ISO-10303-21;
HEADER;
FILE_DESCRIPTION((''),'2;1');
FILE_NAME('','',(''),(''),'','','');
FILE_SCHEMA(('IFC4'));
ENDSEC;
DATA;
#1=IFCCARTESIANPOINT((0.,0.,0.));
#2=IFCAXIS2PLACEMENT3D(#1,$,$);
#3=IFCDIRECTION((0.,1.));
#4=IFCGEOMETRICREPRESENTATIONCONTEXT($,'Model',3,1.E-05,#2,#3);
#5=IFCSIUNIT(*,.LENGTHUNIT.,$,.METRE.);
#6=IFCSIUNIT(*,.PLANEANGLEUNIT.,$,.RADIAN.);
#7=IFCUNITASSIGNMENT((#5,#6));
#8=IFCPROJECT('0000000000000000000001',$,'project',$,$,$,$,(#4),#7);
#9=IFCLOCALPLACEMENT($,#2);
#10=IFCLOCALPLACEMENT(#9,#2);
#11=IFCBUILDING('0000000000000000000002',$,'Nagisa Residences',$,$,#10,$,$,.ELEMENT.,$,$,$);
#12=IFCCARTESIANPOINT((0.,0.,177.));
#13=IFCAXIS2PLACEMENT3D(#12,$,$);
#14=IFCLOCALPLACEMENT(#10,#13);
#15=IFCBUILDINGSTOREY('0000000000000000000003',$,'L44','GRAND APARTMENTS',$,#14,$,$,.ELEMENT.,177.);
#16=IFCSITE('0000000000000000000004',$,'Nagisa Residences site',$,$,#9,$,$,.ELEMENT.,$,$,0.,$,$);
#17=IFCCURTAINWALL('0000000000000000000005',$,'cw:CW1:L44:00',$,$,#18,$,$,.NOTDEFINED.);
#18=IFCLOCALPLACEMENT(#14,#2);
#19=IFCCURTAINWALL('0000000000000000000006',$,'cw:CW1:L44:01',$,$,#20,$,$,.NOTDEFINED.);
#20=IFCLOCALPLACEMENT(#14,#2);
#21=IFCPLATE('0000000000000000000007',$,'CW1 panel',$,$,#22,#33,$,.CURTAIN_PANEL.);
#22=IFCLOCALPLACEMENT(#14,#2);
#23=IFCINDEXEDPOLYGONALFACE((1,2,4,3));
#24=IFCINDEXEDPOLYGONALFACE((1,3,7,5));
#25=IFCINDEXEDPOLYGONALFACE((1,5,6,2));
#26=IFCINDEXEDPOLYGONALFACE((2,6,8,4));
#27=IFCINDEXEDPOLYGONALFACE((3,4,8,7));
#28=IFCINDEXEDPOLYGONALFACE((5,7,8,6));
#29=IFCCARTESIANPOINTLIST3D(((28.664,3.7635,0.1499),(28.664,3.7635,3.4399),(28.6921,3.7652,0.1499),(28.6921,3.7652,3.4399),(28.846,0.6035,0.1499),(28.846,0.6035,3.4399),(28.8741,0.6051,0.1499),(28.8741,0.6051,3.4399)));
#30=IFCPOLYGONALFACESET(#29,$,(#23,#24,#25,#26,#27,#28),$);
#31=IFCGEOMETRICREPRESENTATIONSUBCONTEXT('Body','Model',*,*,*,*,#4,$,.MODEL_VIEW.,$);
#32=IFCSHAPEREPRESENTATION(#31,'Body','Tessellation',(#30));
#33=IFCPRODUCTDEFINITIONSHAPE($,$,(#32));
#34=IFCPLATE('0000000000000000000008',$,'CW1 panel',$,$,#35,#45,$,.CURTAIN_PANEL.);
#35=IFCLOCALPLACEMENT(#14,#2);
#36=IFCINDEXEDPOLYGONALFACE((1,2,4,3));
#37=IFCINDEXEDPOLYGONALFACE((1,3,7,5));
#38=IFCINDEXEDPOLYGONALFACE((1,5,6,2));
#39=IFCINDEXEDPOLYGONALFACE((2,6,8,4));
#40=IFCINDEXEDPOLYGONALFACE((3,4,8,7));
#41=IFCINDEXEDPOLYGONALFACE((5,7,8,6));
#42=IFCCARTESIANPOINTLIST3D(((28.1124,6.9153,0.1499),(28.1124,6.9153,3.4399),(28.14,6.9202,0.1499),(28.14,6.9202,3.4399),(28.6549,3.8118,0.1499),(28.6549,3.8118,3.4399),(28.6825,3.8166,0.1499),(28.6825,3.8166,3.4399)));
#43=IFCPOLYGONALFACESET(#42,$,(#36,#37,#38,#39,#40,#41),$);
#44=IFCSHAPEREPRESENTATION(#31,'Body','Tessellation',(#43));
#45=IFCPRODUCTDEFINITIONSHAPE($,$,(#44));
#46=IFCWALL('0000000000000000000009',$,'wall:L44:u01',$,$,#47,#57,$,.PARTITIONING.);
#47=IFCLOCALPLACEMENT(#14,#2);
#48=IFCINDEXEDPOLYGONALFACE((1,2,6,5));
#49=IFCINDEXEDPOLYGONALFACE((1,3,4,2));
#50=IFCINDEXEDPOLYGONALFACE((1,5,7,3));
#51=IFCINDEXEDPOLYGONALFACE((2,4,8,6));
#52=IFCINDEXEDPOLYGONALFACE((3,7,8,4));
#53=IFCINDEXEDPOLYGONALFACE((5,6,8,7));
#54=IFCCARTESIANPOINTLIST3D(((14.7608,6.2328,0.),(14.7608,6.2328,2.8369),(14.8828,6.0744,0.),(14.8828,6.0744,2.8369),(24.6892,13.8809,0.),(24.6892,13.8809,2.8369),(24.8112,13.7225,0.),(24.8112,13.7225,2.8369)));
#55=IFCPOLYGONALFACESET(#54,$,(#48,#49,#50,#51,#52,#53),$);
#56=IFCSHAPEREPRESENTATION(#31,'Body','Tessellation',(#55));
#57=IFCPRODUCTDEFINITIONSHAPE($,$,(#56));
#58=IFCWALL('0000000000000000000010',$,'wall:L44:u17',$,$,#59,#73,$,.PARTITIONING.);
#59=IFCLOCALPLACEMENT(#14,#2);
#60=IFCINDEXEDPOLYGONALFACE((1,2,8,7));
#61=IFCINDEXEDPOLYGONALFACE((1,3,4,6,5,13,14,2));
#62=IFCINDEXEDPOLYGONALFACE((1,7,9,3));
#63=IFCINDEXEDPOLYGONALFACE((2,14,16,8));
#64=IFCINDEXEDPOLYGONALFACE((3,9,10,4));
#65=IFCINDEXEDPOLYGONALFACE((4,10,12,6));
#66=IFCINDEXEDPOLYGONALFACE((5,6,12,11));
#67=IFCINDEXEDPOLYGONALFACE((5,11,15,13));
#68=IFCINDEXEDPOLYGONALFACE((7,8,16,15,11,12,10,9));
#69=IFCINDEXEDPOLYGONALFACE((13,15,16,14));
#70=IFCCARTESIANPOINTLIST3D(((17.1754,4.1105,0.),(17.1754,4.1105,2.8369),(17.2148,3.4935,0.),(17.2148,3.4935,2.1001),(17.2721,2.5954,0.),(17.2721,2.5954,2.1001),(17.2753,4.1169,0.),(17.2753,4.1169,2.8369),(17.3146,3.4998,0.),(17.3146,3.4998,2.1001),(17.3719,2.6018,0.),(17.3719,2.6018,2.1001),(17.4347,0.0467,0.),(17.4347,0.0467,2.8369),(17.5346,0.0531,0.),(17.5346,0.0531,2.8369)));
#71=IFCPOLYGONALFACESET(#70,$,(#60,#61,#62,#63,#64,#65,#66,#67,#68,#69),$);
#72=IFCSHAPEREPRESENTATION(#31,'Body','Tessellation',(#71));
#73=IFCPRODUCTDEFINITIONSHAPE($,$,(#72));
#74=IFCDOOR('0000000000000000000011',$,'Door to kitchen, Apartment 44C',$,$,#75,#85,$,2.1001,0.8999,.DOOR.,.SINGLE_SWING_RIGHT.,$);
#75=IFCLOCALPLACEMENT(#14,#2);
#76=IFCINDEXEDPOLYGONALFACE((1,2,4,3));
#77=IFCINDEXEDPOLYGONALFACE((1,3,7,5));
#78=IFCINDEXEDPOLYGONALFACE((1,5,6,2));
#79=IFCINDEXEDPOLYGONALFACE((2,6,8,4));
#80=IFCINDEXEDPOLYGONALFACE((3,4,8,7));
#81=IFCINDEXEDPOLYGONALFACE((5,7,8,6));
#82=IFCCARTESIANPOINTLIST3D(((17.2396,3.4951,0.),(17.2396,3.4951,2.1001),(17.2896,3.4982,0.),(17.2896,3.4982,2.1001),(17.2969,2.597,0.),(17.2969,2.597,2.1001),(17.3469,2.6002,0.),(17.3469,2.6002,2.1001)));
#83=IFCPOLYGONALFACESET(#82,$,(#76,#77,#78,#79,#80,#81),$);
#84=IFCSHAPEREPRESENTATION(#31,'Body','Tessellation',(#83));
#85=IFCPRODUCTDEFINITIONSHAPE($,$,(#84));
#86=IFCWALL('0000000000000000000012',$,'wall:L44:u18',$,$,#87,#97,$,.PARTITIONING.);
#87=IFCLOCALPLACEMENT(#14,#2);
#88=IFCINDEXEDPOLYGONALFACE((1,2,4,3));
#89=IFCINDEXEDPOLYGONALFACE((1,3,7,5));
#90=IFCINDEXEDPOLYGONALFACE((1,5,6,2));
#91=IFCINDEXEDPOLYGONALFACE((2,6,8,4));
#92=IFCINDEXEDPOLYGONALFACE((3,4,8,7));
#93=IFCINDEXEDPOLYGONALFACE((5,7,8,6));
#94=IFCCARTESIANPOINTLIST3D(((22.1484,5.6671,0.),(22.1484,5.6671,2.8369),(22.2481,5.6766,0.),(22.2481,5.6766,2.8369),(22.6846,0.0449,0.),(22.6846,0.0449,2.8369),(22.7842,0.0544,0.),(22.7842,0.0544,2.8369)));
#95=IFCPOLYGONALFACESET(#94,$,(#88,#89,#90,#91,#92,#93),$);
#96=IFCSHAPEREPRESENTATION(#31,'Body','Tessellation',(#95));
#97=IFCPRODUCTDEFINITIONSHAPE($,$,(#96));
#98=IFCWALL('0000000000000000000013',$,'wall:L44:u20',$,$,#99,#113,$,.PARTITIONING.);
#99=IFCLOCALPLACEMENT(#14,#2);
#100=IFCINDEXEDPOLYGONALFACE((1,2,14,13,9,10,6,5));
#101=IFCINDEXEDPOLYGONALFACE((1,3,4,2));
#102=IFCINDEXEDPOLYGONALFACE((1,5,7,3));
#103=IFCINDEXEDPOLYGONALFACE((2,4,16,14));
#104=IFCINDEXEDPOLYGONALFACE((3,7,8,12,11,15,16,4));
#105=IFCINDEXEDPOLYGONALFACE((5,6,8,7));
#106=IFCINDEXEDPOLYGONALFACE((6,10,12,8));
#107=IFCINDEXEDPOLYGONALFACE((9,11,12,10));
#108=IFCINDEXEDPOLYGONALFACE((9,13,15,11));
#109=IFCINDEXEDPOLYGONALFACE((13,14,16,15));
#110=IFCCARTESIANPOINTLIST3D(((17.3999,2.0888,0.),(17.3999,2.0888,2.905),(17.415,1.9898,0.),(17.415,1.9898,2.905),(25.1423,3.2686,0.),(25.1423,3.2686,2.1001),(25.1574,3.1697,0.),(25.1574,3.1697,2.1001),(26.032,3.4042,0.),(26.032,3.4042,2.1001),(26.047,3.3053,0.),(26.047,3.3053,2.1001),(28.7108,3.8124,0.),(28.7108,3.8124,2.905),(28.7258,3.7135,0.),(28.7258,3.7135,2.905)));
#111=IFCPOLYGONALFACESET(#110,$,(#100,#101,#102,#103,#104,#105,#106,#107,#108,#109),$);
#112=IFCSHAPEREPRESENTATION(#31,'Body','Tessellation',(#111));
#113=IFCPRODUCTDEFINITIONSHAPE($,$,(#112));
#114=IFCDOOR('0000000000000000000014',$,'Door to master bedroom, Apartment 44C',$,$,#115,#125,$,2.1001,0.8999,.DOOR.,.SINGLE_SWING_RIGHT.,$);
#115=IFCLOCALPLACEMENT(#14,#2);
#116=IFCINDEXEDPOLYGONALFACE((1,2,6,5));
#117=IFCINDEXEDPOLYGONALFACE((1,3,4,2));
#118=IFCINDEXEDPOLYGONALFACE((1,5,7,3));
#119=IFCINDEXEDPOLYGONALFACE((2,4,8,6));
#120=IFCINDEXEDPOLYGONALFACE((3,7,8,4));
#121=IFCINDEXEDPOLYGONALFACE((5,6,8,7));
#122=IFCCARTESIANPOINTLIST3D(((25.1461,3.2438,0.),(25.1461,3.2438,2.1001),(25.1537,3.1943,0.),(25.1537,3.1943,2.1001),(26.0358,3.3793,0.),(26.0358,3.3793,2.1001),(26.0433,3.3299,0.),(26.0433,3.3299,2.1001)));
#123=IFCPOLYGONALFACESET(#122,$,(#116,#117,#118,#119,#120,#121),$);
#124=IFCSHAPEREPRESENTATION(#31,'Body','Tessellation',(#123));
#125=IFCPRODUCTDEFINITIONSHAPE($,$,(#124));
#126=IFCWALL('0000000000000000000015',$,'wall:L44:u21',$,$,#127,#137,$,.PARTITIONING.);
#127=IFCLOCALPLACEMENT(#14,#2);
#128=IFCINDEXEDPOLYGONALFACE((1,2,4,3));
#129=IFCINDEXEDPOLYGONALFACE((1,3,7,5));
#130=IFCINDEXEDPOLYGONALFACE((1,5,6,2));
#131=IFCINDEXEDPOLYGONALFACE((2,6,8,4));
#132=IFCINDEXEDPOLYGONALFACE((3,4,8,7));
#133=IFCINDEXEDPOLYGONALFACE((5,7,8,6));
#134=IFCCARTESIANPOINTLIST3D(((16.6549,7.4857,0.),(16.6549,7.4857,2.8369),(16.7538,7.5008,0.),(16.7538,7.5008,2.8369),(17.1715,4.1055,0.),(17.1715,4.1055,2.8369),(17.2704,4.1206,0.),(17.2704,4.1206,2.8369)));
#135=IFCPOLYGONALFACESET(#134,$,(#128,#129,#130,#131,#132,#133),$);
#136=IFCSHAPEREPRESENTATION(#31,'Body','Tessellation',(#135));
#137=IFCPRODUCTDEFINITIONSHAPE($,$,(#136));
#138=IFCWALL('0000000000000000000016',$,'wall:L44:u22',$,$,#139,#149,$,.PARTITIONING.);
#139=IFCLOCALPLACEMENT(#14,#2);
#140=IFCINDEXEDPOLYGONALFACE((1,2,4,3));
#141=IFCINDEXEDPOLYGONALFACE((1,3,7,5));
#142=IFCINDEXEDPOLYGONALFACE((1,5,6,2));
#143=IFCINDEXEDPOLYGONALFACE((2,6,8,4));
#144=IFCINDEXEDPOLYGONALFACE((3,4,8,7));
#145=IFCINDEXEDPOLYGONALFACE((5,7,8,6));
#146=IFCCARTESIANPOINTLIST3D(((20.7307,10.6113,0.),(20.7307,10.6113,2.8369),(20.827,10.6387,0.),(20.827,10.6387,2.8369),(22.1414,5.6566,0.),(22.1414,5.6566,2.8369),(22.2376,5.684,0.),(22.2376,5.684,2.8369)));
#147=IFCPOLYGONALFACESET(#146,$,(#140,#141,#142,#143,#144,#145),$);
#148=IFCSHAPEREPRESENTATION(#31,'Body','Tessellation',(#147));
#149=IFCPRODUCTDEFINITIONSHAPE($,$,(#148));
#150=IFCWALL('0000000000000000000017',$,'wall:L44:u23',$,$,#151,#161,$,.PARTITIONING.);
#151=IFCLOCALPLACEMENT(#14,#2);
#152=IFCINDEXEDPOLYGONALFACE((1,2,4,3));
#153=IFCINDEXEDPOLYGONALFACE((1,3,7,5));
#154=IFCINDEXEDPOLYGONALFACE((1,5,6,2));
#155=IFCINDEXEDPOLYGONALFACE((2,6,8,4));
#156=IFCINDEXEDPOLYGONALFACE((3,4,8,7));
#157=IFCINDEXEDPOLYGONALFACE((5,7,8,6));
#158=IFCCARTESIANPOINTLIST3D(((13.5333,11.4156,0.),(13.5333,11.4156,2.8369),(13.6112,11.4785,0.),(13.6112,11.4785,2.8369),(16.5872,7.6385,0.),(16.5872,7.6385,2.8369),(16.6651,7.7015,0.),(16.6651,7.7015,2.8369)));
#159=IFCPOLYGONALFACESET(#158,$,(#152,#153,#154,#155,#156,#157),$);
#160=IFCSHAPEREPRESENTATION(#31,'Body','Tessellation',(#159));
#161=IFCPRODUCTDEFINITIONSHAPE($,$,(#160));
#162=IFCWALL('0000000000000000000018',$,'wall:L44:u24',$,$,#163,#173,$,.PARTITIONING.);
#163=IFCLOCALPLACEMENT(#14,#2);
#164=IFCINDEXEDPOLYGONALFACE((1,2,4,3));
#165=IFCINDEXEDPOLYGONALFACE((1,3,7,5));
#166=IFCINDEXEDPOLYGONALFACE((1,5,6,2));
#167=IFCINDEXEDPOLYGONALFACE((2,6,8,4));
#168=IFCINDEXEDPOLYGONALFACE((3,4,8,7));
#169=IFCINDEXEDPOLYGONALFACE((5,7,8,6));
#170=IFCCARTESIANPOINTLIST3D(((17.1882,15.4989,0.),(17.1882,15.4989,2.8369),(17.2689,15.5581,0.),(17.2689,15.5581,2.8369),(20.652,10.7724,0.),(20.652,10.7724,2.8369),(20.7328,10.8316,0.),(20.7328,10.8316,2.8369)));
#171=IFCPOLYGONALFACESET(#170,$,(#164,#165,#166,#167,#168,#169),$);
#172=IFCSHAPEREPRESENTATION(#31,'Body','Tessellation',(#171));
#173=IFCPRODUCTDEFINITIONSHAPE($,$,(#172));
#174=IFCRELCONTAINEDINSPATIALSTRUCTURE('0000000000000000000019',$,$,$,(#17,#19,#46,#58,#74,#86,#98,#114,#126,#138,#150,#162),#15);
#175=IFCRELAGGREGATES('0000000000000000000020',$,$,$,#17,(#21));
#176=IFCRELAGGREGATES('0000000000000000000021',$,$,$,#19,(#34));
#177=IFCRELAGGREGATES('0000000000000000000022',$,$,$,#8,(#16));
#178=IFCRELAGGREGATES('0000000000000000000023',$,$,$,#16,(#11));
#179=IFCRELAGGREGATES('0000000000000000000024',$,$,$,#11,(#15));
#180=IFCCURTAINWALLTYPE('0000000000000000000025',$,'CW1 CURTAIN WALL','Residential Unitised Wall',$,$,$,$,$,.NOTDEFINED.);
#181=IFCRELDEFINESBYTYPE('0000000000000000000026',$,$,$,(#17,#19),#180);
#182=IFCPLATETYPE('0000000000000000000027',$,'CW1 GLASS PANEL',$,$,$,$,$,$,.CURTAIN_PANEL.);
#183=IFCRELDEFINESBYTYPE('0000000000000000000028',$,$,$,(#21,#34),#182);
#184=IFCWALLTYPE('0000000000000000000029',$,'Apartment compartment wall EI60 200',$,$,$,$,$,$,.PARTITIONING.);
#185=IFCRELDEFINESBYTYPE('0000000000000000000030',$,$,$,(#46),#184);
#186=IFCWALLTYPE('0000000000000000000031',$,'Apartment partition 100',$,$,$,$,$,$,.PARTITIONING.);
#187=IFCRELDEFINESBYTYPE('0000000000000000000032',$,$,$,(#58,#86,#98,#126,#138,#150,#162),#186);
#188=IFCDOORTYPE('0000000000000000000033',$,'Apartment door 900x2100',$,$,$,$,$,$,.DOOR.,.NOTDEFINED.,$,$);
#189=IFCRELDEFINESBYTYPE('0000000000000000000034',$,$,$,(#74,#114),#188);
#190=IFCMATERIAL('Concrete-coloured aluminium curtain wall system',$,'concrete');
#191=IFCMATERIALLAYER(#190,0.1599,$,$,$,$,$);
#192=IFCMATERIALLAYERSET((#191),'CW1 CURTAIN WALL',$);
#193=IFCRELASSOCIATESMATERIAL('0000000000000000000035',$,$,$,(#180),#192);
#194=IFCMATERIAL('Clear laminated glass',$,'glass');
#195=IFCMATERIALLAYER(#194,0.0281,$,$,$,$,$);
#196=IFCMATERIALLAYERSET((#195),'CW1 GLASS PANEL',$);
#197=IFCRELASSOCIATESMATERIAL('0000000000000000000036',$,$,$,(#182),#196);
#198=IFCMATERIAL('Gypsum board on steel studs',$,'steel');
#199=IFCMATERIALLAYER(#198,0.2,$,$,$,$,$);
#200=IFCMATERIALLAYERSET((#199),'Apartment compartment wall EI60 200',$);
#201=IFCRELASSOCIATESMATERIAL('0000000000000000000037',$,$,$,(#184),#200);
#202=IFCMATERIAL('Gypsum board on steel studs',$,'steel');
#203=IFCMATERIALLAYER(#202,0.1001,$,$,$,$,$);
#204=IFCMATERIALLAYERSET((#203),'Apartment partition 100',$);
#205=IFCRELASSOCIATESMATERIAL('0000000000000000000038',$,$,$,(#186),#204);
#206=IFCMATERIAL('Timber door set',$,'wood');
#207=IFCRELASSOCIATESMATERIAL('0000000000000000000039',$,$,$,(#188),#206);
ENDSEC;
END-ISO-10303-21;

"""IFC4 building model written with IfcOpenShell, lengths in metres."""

from ifc_helpers import new_model, si_unit, direction, frame, frame_2d, origin, origin_2d, place, context, subcontext, project, spatial, rectangle, extrude, material, layer, layer_set, type_object, element, fill, aggregate, save


model = new_model("IFC4")

# Units and contexts
model_context = context("Model", 3, precision=1e-05, world=origin(), true_north=direction((0.0, 1.0)))
body_context = subcontext(model_context, "Body", "Model", "MODEL_VIEW")
ifc_project = project(units=[si_unit("LENGTHUNIT", "METRE"), si_unit("PLANEANGLEUNIT", "RADIAN")], contexts=[model_context])

# Site, building, storey
site_placement = place(None, origin())
site = spatial("IfcSite", under=ifc_project, at=site_placement, Name="Nagisa Residences site", CompositionType="ELEMENT", RefElevation=0.0)
building_placement = place(site_placement, origin())
building = spatial("IfcBuilding", under=site, at=building_placement, Name="Nagisa Residences", CompositionType="ELEMENT")
storey_placement = place(building_placement, frame((0.0, 0.0, 177.0)))
storey = spatial("IfcBuildingStorey", under=building, at=storey_placement, Name="L44", Description="GRAND APARTMENTS", CompositionType="ELEMENT", Elevation=177.0)

# Curtain walls
ifc_material_1 = material(Name="Concrete-coloured aluminium curtain wall system", Category="concrete")
ifc_layer_1 = layer(ifc_material_1, 0.1599)
ifc_layer_set_1 = layer_set([ifc_layer_1], Name="CW1 CURTAIN WALL")
curtain_wall_type = type_object("IfcCurtainWallType", Name="CW1 CURTAIN WALL", Description="Residential Unitised Wall", PredefinedType="NOTDEFINED", material=ifc_layer_set_1)
curtain_wall_1_placement = place(storey_placement, origin())
curtain_wall_1 = element("IfcCurtainWall", 1, at=curtain_wall_1_placement, inside=storey, type_object=curtain_wall_type, Name="cw:CW1:L44:00", PredefinedType="NOTDEFINED")
curtain_wall_2_placement = place(storey_placement, origin())
curtain_wall_2 = element("IfcCurtainWall", 2, at=curtain_wall_2_placement, inside=storey, type_object=curtain_wall_type, Name="cw:CW1:L44:01", PredefinedType="NOTDEFINED")

# Plates
ifc_material_2 = material(Name="Clear laminated glass", Category="glass")
ifc_layer_2 = layer(ifc_material_2, 0.0281)
ifc_layer_set_2 = layer_set([ifc_layer_2], Name="CW1 GLASS PANEL")
plate_type = type_object("IfcPlateType", Name="CW1 GLASS PANEL", PredefinedType="CURTAIN_PANEL", material=ifc_layer_set_2)
plate_1_placement = place(storey_placement, frame((28.769, 2.1843, 0.1499), z_axis=(0.0, 0.0, 1.0), x_axis=(-0.057503, 0.998345, 0.0)))
plate_1 = element("IfcPlate", 3, at=plate_1_placement, type_object=plate_type, Name="CW1 panel", PredefinedType="CURTAIN_PANEL", context=body_context, shape_type="SweptSolid", body=[
    extrude(rectangle(XDim=3.1653, YDim=0.0281, at=origin_2d()), origin(), (0.0, 0.0, 1.0), 3.29),
])
aggregate(curtain_wall_1, [plate_1])
plate_2_placement = place(storey_placement, frame((28.3975, 5.366, 0.1499), z_axis=(0.0, 0.0, 1.0), x_axis=(-0.172191, 0.985064, 0.0)))
plate_2 = element("IfcPlate", 4, at=plate_2_placement, type_object=plate_type, Name="CW1 panel", PredefinedType="CURTAIN_PANEL", context=body_context, shape_type="SweptSolid", body=[
    extrude(rectangle(XDim=3.1506, YDim=0.0281, at=origin_2d()), origin(), (0.0, 0.0, 1.0), 3.29),
])
aggregate(curtain_wall_2, [plate_2])

# Wall
ifc_material_3 = material(Name="Gypsum board on steel studs", Category="steel")
ifc_layer_3 = layer(ifc_material_3, 0.2)
ifc_layer_set_3 = layer_set([ifc_layer_3], Name="Apartment compartment wall EI60 200")
wall_type_1 = type_object("IfcWallType", Name="Apartment compartment wall EI60 200", PredefinedType="PARTITIONING", material=ifc_layer_set_3)
wall_1_placement = place(storey_placement, frame((14.8218, 6.1536, 0.0), z_axis=(0.0, 0.0, 1.0), x_axis=(0.792203, 0.610258, 0.0)))
element("IfcWall", 5, at=wall_1_placement, inside=storey, type_object=wall_type_1, Name="wall:L44:u01", PredefinedType="PARTITIONING", context=body_context, shape_type="SweptSolid", body=[
    extrude(rectangle(XDim=12.5327, YDim=0.2, at=frame_2d((6.2664, 0.0))), origin(), (0.0, 0.0, 1.0), 2.8369),
])

# Wall, opening, door
ifc_material_4 = material(Name="Gypsum board on steel studs", Category="steel")
ifc_layer_4 = layer(ifc_material_4, 0.1001)
ifc_layer_set_4 = layer_set([ifc_layer_4], Name="Apartment partition 100")
wall_type_2 = type_object("IfcWallType", Name="Apartment partition 100", PredefinedType="PARTITIONING", material=ifc_layer_set_4)
wall_2_placement = place(storey_placement, frame((17.4846, 0.0498, 0.0), z_axis=(0.0, 0.0, 1.0), x_axis=(-0.063673, 0.997971, 0.0)))
wall_2 = element("IfcWall", 6, at=wall_2_placement, inside=storey, type_object=wall_type_2, Name="wall:L44:u17", PredefinedType="PARTITIONING", context=body_context, shape_type="SweptSolid", body=[
    extrude(rectangle(XDim=4.072, YDim=0.1001, at=frame_2d((2.0361, 0.0))), origin(), (0.0, 0.0, 1.0), 2.8369),
])
opening_1_placement = place(wall_2_placement, frame((2.554, 0.0, 0.0)))
opening_1 = element("IfcOpeningElement", 7, at=opening_1_placement, cuts=wall_2, PredefinedType="OPENING", context=body_context, shape_type="SweptSolid", body=[
    extrude(rectangle(XDim=0.8999, YDim=2.1001, at=frame_2d((0.45, 1.05))), frame((0.0, 0.0601, 0.0), z_axis=(0.0, -1.0, 0.0), x_axis=(1.0, 0.0, 0.0)), (0.0, 0.0, 1.0), 0.1201),
])
ifc_material_5 = material(Name="Timber door set", Category="wood")
door_type_1 = type_object("IfcDoorType", Name="Apartment door 900x2100", OperationType="NOTDEFINED", PredefinedType="DOOR", material=ifc_material_5)
door_1_placement = place(opening_1_placement, frame((0.8999, 0.0, 0.0), x_axis=(-1.0, 0.0, 0.0)))
door_1 = element("IfcDoor", 8, at=door_1_placement, inside=storey, type_object=door_type_1, Name="Door to kitchen, Apartment 44C", OperationType="SINGLE_SWING_RIGHT", OverallHeight=2.1001, OverallWidth=0.8999, PredefinedType="DOOR", context=body_context, shape_type="SweptSolid", body=[
    extrude(rectangle(XDim=0.8999, YDim=2.1001, at=frame_2d((0.45, 1.05))), frame((0.0, 0.0249, 0.0), z_axis=(0.0, -1.0, 0.0), x_axis=(1.0, 0.0, 0.0)), (0.0, 0.0, 1.0), 0.05),
])
fill(opening_1, door_1)

# Wall
wall_3_placement = place(storey_placement, frame((22.7344, 0.0498, 0.0), z_axis=(0.0, 0.0, 1.0), x_axis=(-0.094927, 0.995484, 0.0)))
element("IfcWall", 9, at=wall_3_placement, inside=storey, type_object=wall_type_2, Name="wall:L44:u18", PredefinedType="PARTITIONING", context=body_context, shape_type="SweptSolid", body=[
    extrude(rectangle(XDim=5.6477, YDim=0.1001, at=frame_2d((2.8237, 0.0))), origin(), (0.0, 0.0, 1.0), 2.8369),
])

# Wall, opening, door
wall_4_placement = place(storey_placement, frame((17.4075, 2.0393, 0.0), z_axis=(0.0, 0.0, 1.0), x_axis=(0.988587, 0.150649, 0.0)))
wall_4 = element("IfcWall", 10, at=wall_4_placement, inside=storey, type_object=wall_type_2, Name="wall:L44:u20", PredefinedType="PARTITIONING", context=body_context, shape_type="SweptSolid", body=[
    extrude(rectangle(XDim=11.4414, YDim=0.1001, at=frame_2d((5.7207, 0.0))), origin(), (0.0, 0.0, 1.0), 2.905),
])
opening_2_placement = place(wall_4_placement, frame((7.8318, 0.0, 0.0)))
opening_2 = element("IfcOpeningElement", 11, at=opening_2_placement, cuts=wall_4, PredefinedType="OPENING", context=body_context, shape_type="SweptSolid", body=[
    extrude(rectangle(XDim=0.8999, YDim=2.1001, at=frame_2d((0.45, 1.05))), frame((0.0, 0.0601, 0.0), z_axis=(0.0, -1.0, 0.0), x_axis=(1.0, 0.0, 0.0)), (0.0, 0.0, 1.0), 0.1201),
])
door_2_placement = place(opening_2_placement, origin())
door_2 = element("IfcDoor", 12, at=door_2_placement, inside=storey, type_object=door_type_1, Name="Door to master bedroom, Apartment 44C", OperationType="SINGLE_SWING_RIGHT", OverallHeight=2.1001, OverallWidth=0.8999, PredefinedType="DOOR", context=body_context, shape_type="SweptSolid", body=[
    extrude(rectangle(XDim=0.8999, YDim=2.1001, at=frame_2d((0.45, 1.05))), frame((0.0, 0.0249, 0.0), z_axis=(0.0, -1.0, 0.0), x_axis=(1.0, 0.0, 0.0)), (0.0, 0.0, 1.0), 0.05),
])
fill(opening_2, door_2)

# Walls
wall_5_placement = place(storey_placement, frame((17.2209, 4.113, 0.0), z_axis=(0.0, 0.0, 1.0), x_axis=(-0.151081, 0.988521, 0.0)))
element("IfcWall", 13, at=wall_5_placement, inside=storey, type_object=wall_type_2, Name="wall:L44:u21", PredefinedType="PARTITIONING", context=body_context, shape_type="SweptSolid", body=[
    extrude(rectangle(XDim=3.4194, YDim=0.1001, at=frame_2d((1.7097, 0.0))), origin(), (0.0, 0.0, 1.0), 2.8369),
])
wall_6_placement = place(storey_placement, frame((22.1895, 5.6704, 0.0), z_axis=(0.0, 0.0, 1.0), x_axis=(-0.27382, 0.961781, 0.0)))
element("IfcWall", 14, at=wall_6_placement, inside=storey, type_object=wall_type_2, Name="wall:L44:u22", PredefinedType="PARTITIONING", context=body_context, shape_type="SweptSolid", body=[
    extrude(rectangle(XDim=5.1516, YDim=0.1001, at=frame_2d((2.5757, 0.0))), origin(), (0.0, 0.0, 1.0), 2.8369),
])
wall_7_placement = place(storey_placement, frame((16.6262, 7.6699, 0.0), z_axis=(0.0, 0.0, 1.0), x_axis=(-0.628738, 0.777617, 0.0)))
element("IfcWall", 15, at=wall_7_placement, inside=storey, type_object=wall_type_2, Name="wall:L44:u23", PredefinedType="PARTITIONING", context=body_context, shape_type="SweptSolid", body=[
    extrude(rectangle(XDim=4.8572, YDim=0.1001, at=frame_2d((2.4287, 0.0))), origin(), (0.0, 0.0, 1.0), 2.8369),
])
wall_8_placement = place(storey_placement, frame((20.6924, 10.802, 0.0), z_axis=(0.0, 0.0, 1.0), x_axis=(-0.591111, 0.80659, 0.0)))
element("IfcWall", 16, at=wall_8_placement, inside=storey, type_object=wall_type_2, Name="wall:L44:u24", PredefinedType="PARTITIONING", context=body_context, shape_type="SweptSolid", body=[
    extrude(rectangle(XDim=5.8599, YDim=0.1001, at=frame_2d((2.9299, 0.0))), origin(), (0.0, 0.0, 1.0), 2.8369),
])

save(model, "model.ifc")
